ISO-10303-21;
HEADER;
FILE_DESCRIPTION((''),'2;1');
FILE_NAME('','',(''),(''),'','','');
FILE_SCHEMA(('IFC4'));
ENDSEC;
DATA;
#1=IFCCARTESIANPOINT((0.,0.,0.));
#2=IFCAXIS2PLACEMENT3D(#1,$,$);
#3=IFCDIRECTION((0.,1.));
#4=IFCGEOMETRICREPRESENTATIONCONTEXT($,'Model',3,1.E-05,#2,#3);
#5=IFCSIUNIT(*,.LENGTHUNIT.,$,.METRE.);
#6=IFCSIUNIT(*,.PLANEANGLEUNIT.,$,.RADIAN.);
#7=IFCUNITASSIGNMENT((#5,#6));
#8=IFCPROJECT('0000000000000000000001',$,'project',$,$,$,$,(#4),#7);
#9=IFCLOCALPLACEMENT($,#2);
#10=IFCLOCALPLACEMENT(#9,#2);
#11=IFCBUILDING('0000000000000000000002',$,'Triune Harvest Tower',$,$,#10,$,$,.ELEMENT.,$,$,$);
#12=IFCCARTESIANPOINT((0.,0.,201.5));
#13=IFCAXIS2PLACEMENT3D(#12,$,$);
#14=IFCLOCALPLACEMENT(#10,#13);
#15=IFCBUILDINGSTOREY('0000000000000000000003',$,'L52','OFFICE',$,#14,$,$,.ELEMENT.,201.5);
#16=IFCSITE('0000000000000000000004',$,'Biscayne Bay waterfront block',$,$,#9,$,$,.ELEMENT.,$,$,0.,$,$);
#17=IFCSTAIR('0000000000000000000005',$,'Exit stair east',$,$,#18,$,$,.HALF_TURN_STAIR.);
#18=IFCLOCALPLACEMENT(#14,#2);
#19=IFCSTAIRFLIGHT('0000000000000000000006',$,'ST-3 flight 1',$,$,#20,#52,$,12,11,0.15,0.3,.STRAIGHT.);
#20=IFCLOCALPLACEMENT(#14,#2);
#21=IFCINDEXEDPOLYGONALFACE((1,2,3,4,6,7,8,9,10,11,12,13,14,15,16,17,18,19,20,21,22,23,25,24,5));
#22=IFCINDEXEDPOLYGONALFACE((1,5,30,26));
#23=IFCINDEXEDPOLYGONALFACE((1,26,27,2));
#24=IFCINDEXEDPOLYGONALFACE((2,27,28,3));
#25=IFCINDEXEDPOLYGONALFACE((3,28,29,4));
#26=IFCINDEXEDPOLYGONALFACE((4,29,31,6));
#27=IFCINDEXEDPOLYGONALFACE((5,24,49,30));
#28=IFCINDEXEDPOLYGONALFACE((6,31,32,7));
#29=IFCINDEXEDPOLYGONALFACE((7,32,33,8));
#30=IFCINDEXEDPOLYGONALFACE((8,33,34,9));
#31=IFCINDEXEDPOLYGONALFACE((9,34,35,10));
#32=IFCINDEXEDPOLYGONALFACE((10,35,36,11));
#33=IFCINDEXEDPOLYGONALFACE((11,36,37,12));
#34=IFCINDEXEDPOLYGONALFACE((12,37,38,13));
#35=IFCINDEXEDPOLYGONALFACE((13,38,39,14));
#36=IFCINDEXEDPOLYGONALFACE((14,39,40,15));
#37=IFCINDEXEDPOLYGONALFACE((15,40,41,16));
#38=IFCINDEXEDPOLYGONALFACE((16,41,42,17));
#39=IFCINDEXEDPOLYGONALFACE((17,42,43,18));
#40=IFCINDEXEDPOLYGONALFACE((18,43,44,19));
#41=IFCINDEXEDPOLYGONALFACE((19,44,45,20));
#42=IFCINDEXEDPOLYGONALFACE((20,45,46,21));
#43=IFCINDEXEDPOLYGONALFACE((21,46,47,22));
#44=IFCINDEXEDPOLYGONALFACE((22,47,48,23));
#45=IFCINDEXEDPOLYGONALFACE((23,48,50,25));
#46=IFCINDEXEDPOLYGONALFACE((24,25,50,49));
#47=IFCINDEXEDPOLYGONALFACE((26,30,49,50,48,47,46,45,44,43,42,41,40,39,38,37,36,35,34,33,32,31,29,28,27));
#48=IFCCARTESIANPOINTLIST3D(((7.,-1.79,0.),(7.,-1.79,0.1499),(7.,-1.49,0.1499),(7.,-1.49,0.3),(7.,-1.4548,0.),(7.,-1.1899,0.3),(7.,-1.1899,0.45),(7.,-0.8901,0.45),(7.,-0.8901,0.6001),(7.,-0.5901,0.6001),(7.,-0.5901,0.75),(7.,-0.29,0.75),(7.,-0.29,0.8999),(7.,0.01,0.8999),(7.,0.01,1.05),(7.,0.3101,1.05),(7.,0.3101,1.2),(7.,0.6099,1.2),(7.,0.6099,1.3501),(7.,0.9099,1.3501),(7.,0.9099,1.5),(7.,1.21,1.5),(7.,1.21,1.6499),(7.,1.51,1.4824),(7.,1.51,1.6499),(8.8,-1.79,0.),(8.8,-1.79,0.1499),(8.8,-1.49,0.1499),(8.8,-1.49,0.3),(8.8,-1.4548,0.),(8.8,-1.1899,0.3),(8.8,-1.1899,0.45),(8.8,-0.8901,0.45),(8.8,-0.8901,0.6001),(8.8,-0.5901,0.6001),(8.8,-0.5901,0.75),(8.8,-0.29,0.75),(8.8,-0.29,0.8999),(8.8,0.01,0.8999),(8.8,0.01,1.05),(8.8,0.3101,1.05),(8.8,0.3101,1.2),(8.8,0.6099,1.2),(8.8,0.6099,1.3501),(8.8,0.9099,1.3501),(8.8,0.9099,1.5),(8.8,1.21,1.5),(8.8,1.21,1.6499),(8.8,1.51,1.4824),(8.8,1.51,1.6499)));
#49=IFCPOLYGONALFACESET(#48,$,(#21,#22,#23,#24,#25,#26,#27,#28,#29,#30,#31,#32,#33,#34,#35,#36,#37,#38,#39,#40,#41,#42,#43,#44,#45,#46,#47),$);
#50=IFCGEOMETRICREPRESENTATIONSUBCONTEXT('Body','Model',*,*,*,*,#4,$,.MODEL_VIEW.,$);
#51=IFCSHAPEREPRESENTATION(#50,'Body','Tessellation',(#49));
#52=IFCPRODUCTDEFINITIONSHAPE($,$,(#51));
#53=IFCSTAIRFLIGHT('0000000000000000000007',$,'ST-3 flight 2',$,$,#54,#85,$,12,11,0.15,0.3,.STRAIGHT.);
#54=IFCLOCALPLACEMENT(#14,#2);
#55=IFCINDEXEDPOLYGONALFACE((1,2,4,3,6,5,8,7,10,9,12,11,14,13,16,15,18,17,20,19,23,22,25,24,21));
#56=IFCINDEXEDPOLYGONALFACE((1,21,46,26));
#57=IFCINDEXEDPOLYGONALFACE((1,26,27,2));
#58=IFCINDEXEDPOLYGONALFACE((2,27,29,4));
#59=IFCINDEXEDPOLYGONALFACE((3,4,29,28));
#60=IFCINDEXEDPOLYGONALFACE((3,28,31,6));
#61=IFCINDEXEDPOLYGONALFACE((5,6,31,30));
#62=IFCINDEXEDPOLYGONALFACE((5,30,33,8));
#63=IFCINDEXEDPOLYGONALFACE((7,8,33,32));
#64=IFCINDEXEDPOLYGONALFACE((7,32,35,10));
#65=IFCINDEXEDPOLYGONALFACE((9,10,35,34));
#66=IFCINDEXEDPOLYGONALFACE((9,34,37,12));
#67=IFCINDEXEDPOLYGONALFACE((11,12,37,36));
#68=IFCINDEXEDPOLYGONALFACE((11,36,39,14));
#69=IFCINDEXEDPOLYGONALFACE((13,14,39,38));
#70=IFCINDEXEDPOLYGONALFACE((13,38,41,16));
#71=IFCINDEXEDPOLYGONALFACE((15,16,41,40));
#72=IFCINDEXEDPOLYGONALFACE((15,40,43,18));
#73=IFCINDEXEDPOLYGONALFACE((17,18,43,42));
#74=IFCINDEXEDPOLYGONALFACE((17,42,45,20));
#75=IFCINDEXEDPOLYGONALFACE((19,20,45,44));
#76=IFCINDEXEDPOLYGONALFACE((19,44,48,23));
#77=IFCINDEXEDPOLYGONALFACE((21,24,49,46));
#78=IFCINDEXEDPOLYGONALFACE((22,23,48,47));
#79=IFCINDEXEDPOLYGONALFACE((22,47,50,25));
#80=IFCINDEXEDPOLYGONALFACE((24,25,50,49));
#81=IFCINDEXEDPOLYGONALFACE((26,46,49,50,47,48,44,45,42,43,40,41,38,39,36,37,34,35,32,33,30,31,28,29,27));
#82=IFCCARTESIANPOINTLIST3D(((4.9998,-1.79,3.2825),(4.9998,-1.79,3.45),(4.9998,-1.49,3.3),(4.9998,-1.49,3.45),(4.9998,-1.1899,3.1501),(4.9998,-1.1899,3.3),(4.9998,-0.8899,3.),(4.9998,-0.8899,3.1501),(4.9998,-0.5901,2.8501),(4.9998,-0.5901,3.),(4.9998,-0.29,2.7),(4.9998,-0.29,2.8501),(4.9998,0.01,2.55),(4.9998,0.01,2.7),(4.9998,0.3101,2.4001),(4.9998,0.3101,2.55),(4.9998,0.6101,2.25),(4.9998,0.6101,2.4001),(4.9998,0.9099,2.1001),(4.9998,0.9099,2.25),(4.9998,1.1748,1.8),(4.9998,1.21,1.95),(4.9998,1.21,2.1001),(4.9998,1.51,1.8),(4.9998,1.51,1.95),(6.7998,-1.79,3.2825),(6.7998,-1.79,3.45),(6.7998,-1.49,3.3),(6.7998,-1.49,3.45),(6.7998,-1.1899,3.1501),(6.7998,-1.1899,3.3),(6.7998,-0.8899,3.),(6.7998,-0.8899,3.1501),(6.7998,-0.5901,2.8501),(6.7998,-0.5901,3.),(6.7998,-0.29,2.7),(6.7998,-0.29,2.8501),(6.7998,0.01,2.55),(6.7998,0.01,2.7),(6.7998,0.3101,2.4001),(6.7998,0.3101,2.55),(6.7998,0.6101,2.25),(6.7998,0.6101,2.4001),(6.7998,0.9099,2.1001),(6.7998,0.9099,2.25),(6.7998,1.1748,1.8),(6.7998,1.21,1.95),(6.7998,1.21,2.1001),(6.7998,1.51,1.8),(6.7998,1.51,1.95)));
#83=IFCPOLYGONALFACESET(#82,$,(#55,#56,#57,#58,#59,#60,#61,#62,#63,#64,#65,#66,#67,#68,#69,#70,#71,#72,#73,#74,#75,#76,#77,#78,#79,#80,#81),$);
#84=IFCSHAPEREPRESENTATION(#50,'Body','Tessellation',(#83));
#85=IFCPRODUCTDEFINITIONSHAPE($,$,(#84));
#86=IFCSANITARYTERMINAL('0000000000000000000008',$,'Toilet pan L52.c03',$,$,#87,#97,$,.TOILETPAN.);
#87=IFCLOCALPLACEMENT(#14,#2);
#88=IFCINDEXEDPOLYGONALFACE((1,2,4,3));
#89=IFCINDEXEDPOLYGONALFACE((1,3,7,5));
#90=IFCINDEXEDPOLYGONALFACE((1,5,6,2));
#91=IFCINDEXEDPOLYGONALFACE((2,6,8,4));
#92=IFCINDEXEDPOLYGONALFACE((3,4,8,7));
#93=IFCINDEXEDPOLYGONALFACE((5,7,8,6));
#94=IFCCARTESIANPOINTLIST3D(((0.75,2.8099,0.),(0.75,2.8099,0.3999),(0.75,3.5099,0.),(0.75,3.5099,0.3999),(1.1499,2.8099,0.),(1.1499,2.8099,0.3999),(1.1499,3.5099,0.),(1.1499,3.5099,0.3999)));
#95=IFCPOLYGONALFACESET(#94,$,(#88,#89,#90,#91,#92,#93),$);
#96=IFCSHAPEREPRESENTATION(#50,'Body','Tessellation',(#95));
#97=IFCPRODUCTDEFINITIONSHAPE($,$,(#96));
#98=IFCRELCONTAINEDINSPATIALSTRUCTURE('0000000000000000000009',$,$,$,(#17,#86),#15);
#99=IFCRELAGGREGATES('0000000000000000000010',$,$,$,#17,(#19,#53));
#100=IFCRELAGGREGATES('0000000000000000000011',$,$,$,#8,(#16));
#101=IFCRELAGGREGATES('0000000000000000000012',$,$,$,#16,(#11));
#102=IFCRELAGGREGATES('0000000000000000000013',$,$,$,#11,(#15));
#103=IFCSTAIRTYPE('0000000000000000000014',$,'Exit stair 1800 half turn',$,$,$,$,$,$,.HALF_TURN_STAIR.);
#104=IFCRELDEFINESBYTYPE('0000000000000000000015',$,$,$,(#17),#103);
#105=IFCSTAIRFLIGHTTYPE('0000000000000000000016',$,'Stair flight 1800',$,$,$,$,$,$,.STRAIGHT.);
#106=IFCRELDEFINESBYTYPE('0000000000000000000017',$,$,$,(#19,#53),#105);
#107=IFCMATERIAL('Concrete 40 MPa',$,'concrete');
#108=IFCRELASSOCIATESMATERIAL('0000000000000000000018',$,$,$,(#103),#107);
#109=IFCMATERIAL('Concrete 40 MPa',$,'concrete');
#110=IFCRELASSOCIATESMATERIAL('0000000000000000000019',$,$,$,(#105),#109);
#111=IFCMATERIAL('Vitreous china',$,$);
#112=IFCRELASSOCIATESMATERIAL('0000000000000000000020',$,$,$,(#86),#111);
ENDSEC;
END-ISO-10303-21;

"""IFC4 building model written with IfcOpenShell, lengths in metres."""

from ifc_helpers import new_model, si_unit, direction, frame, origin, origin_2d, place, context, subcontext, project, spatial, polyline, rectangle, outline, extrude, source, transform, mapped, material, type_object, element, aggregate, save


model = new_model("IFC4")

# Units and contexts
model_context = context("Model", 3, precision=1e-05, world=origin(), true_north=direction((0.0, 1.0)))
body_context = subcontext(model_context, "Body", "Model", "MODEL_VIEW")
ifc_project = project(units=[si_unit("LENGTHUNIT", "METRE"), si_unit("PLANEANGLEUNIT", "RADIAN")], contexts=[model_context])

# Site, building, storey
site_placement = place(None, origin())
site = spatial("IfcSite", under=ifc_project, at=site_placement, Name="Biscayne Bay waterfront block", CompositionType="ELEMENT", RefElevation=0.0)
building_placement = place(site_placement, origin())
building = spatial("IfcBuilding", under=site, at=building_placement, Name="Triune Harvest Tower", CompositionType="ELEMENT")
storey_placement = place(building_placement, frame((0.0, 0.0, 201.5)))
storey = spatial("IfcBuildingStorey", under=building, at=storey_placement, Name="L52", Description="OFFICE", CompositionType="ELEMENT", Elevation=201.5)

# Stair, stair flights
ifc_material_1 = material(Name="Concrete 40 MPa", Category="concrete")
stair_type = type_object("IfcStairType", Name="Exit stair 1800 half turn", PredefinedType="HALF_TURN_STAIR", material=ifc_material_1)
stair_placement = place(storey_placement, origin())
stair = element("IfcStair", 1, at=stair_placement, inside=storey, type_object=stair_type, Name="Exit stair east", PredefinedType="HALF_TURN_STAIR")
ifc_material_2 = material(Name="Concrete 40 MPa", Category="concrete")
stair_flight_type = type_object("IfcStairFlightType", Name="Stair flight 1800", PredefinedType="STRAIGHT", material=ifc_material_2)
shared_shape_1 = source(origin(), body_context, "Body", "SweptSolid", [
    extrude(outline(polyline([(0.0, 0.0), (0.0, 0.1499), (0.3, 0.1499), (0.3, 0.3), (0.6001, 0.3), (0.6001, 0.45), (0.8999, 0.45), (0.8999, 0.6001), (1.2, 0.6001), (1.2, 0.75), (1.5, 0.75), (1.5, 0.8999), (1.8, 0.8999), (1.8, 1.05), (2.1001, 1.05), (2.1001, 1.2), (2.3999, 1.2), (2.3999, 1.3501), (2.7, 1.3501), (2.7, 1.5), (3.0, 1.5), (3.0, 1.6499), (3.3, 1.6499), (3.3, 1.8), (3.3, 1.4824), (0.3352, 0.0), (0.0, 0.0)])), frame((0.0, 0.8999, 0.0), z_axis=(0.0, -1.0, 0.0), x_axis=(1.0, 0.0, 0.0)), (0.0, 0.0, 1.0), 1.8),
])
stair_flight_1_placement = place(storey_placement, frame((7.8999, -1.79, 0.0), z_axis=(0.0, 0.0, 1.0), x_axis=(0.0, 1.0, 0.0)))
stair_flight_1 = element("IfcStairFlight", 2, at=stair_flight_1_placement, type_object=stair_flight_type, Name="ST-3 flight 1", NumberOfRisers=12, NumberOfTreads=11, PredefinedType="STRAIGHT", RiserHeight=0.15, TreadLength=0.3, context=body_context, shape_type="MappedRepresentation", body=[
    mapped(shared_shape_1, transform((0.0, 0.0, 0.0), scale=1.0)),
])
stair_flight_2_placement = place(storey_placement, frame((5.8999, 1.51, 1.8), z_axis=(0.0, 0.0, 1.0), x_axis=(0.0, -1.0, 0.0)))
stair_flight_2 = element("IfcStairFlight", 3, at=stair_flight_2_placement, type_object=stair_flight_type, Name="ST-3 flight 2", NumberOfRisers=12, NumberOfTreads=11, PredefinedType="STRAIGHT", RiserHeight=0.15, TreadLength=0.3, context=body_context, shape_type="MappedRepresentation", body=[
    mapped(shared_shape_1, transform((0.0, 0.0, 0.0), scale=1.0)),
])
aggregate(stair, [stair_flight_1, stair_flight_2])

# Sanitary terminal
ifc_material_3 = material(Name="Vitreous china")
shared_shape_2 = source(origin(), body_context, "Body", "SweptSolid", [
    extrude(rectangle(XDim=0.3999, YDim=0.7, at=origin_2d()), origin(), (0.0, 0.0, 1.0), 0.3999),
])
sanitary_terminal_placement = place(storey_placement, frame((0.95, 3.1599, 0.0), z_axis=(0.0, 0.0, 1.0), x_axis=(-1.0, 0.0, 0.0)))
element("IfcSanitaryTerminal", 4, at=sanitary_terminal_placement, inside=storey, material=ifc_material_3, Name="Toilet pan L52.c03", PredefinedType="TOILETPAN", context=body_context, shape_type="MappedRepresentation", body=[
    mapped(shared_shape_2, transform((0.0, 0.0, 0.0), scale=1.0)),
])

save(model, "model.ifc")
